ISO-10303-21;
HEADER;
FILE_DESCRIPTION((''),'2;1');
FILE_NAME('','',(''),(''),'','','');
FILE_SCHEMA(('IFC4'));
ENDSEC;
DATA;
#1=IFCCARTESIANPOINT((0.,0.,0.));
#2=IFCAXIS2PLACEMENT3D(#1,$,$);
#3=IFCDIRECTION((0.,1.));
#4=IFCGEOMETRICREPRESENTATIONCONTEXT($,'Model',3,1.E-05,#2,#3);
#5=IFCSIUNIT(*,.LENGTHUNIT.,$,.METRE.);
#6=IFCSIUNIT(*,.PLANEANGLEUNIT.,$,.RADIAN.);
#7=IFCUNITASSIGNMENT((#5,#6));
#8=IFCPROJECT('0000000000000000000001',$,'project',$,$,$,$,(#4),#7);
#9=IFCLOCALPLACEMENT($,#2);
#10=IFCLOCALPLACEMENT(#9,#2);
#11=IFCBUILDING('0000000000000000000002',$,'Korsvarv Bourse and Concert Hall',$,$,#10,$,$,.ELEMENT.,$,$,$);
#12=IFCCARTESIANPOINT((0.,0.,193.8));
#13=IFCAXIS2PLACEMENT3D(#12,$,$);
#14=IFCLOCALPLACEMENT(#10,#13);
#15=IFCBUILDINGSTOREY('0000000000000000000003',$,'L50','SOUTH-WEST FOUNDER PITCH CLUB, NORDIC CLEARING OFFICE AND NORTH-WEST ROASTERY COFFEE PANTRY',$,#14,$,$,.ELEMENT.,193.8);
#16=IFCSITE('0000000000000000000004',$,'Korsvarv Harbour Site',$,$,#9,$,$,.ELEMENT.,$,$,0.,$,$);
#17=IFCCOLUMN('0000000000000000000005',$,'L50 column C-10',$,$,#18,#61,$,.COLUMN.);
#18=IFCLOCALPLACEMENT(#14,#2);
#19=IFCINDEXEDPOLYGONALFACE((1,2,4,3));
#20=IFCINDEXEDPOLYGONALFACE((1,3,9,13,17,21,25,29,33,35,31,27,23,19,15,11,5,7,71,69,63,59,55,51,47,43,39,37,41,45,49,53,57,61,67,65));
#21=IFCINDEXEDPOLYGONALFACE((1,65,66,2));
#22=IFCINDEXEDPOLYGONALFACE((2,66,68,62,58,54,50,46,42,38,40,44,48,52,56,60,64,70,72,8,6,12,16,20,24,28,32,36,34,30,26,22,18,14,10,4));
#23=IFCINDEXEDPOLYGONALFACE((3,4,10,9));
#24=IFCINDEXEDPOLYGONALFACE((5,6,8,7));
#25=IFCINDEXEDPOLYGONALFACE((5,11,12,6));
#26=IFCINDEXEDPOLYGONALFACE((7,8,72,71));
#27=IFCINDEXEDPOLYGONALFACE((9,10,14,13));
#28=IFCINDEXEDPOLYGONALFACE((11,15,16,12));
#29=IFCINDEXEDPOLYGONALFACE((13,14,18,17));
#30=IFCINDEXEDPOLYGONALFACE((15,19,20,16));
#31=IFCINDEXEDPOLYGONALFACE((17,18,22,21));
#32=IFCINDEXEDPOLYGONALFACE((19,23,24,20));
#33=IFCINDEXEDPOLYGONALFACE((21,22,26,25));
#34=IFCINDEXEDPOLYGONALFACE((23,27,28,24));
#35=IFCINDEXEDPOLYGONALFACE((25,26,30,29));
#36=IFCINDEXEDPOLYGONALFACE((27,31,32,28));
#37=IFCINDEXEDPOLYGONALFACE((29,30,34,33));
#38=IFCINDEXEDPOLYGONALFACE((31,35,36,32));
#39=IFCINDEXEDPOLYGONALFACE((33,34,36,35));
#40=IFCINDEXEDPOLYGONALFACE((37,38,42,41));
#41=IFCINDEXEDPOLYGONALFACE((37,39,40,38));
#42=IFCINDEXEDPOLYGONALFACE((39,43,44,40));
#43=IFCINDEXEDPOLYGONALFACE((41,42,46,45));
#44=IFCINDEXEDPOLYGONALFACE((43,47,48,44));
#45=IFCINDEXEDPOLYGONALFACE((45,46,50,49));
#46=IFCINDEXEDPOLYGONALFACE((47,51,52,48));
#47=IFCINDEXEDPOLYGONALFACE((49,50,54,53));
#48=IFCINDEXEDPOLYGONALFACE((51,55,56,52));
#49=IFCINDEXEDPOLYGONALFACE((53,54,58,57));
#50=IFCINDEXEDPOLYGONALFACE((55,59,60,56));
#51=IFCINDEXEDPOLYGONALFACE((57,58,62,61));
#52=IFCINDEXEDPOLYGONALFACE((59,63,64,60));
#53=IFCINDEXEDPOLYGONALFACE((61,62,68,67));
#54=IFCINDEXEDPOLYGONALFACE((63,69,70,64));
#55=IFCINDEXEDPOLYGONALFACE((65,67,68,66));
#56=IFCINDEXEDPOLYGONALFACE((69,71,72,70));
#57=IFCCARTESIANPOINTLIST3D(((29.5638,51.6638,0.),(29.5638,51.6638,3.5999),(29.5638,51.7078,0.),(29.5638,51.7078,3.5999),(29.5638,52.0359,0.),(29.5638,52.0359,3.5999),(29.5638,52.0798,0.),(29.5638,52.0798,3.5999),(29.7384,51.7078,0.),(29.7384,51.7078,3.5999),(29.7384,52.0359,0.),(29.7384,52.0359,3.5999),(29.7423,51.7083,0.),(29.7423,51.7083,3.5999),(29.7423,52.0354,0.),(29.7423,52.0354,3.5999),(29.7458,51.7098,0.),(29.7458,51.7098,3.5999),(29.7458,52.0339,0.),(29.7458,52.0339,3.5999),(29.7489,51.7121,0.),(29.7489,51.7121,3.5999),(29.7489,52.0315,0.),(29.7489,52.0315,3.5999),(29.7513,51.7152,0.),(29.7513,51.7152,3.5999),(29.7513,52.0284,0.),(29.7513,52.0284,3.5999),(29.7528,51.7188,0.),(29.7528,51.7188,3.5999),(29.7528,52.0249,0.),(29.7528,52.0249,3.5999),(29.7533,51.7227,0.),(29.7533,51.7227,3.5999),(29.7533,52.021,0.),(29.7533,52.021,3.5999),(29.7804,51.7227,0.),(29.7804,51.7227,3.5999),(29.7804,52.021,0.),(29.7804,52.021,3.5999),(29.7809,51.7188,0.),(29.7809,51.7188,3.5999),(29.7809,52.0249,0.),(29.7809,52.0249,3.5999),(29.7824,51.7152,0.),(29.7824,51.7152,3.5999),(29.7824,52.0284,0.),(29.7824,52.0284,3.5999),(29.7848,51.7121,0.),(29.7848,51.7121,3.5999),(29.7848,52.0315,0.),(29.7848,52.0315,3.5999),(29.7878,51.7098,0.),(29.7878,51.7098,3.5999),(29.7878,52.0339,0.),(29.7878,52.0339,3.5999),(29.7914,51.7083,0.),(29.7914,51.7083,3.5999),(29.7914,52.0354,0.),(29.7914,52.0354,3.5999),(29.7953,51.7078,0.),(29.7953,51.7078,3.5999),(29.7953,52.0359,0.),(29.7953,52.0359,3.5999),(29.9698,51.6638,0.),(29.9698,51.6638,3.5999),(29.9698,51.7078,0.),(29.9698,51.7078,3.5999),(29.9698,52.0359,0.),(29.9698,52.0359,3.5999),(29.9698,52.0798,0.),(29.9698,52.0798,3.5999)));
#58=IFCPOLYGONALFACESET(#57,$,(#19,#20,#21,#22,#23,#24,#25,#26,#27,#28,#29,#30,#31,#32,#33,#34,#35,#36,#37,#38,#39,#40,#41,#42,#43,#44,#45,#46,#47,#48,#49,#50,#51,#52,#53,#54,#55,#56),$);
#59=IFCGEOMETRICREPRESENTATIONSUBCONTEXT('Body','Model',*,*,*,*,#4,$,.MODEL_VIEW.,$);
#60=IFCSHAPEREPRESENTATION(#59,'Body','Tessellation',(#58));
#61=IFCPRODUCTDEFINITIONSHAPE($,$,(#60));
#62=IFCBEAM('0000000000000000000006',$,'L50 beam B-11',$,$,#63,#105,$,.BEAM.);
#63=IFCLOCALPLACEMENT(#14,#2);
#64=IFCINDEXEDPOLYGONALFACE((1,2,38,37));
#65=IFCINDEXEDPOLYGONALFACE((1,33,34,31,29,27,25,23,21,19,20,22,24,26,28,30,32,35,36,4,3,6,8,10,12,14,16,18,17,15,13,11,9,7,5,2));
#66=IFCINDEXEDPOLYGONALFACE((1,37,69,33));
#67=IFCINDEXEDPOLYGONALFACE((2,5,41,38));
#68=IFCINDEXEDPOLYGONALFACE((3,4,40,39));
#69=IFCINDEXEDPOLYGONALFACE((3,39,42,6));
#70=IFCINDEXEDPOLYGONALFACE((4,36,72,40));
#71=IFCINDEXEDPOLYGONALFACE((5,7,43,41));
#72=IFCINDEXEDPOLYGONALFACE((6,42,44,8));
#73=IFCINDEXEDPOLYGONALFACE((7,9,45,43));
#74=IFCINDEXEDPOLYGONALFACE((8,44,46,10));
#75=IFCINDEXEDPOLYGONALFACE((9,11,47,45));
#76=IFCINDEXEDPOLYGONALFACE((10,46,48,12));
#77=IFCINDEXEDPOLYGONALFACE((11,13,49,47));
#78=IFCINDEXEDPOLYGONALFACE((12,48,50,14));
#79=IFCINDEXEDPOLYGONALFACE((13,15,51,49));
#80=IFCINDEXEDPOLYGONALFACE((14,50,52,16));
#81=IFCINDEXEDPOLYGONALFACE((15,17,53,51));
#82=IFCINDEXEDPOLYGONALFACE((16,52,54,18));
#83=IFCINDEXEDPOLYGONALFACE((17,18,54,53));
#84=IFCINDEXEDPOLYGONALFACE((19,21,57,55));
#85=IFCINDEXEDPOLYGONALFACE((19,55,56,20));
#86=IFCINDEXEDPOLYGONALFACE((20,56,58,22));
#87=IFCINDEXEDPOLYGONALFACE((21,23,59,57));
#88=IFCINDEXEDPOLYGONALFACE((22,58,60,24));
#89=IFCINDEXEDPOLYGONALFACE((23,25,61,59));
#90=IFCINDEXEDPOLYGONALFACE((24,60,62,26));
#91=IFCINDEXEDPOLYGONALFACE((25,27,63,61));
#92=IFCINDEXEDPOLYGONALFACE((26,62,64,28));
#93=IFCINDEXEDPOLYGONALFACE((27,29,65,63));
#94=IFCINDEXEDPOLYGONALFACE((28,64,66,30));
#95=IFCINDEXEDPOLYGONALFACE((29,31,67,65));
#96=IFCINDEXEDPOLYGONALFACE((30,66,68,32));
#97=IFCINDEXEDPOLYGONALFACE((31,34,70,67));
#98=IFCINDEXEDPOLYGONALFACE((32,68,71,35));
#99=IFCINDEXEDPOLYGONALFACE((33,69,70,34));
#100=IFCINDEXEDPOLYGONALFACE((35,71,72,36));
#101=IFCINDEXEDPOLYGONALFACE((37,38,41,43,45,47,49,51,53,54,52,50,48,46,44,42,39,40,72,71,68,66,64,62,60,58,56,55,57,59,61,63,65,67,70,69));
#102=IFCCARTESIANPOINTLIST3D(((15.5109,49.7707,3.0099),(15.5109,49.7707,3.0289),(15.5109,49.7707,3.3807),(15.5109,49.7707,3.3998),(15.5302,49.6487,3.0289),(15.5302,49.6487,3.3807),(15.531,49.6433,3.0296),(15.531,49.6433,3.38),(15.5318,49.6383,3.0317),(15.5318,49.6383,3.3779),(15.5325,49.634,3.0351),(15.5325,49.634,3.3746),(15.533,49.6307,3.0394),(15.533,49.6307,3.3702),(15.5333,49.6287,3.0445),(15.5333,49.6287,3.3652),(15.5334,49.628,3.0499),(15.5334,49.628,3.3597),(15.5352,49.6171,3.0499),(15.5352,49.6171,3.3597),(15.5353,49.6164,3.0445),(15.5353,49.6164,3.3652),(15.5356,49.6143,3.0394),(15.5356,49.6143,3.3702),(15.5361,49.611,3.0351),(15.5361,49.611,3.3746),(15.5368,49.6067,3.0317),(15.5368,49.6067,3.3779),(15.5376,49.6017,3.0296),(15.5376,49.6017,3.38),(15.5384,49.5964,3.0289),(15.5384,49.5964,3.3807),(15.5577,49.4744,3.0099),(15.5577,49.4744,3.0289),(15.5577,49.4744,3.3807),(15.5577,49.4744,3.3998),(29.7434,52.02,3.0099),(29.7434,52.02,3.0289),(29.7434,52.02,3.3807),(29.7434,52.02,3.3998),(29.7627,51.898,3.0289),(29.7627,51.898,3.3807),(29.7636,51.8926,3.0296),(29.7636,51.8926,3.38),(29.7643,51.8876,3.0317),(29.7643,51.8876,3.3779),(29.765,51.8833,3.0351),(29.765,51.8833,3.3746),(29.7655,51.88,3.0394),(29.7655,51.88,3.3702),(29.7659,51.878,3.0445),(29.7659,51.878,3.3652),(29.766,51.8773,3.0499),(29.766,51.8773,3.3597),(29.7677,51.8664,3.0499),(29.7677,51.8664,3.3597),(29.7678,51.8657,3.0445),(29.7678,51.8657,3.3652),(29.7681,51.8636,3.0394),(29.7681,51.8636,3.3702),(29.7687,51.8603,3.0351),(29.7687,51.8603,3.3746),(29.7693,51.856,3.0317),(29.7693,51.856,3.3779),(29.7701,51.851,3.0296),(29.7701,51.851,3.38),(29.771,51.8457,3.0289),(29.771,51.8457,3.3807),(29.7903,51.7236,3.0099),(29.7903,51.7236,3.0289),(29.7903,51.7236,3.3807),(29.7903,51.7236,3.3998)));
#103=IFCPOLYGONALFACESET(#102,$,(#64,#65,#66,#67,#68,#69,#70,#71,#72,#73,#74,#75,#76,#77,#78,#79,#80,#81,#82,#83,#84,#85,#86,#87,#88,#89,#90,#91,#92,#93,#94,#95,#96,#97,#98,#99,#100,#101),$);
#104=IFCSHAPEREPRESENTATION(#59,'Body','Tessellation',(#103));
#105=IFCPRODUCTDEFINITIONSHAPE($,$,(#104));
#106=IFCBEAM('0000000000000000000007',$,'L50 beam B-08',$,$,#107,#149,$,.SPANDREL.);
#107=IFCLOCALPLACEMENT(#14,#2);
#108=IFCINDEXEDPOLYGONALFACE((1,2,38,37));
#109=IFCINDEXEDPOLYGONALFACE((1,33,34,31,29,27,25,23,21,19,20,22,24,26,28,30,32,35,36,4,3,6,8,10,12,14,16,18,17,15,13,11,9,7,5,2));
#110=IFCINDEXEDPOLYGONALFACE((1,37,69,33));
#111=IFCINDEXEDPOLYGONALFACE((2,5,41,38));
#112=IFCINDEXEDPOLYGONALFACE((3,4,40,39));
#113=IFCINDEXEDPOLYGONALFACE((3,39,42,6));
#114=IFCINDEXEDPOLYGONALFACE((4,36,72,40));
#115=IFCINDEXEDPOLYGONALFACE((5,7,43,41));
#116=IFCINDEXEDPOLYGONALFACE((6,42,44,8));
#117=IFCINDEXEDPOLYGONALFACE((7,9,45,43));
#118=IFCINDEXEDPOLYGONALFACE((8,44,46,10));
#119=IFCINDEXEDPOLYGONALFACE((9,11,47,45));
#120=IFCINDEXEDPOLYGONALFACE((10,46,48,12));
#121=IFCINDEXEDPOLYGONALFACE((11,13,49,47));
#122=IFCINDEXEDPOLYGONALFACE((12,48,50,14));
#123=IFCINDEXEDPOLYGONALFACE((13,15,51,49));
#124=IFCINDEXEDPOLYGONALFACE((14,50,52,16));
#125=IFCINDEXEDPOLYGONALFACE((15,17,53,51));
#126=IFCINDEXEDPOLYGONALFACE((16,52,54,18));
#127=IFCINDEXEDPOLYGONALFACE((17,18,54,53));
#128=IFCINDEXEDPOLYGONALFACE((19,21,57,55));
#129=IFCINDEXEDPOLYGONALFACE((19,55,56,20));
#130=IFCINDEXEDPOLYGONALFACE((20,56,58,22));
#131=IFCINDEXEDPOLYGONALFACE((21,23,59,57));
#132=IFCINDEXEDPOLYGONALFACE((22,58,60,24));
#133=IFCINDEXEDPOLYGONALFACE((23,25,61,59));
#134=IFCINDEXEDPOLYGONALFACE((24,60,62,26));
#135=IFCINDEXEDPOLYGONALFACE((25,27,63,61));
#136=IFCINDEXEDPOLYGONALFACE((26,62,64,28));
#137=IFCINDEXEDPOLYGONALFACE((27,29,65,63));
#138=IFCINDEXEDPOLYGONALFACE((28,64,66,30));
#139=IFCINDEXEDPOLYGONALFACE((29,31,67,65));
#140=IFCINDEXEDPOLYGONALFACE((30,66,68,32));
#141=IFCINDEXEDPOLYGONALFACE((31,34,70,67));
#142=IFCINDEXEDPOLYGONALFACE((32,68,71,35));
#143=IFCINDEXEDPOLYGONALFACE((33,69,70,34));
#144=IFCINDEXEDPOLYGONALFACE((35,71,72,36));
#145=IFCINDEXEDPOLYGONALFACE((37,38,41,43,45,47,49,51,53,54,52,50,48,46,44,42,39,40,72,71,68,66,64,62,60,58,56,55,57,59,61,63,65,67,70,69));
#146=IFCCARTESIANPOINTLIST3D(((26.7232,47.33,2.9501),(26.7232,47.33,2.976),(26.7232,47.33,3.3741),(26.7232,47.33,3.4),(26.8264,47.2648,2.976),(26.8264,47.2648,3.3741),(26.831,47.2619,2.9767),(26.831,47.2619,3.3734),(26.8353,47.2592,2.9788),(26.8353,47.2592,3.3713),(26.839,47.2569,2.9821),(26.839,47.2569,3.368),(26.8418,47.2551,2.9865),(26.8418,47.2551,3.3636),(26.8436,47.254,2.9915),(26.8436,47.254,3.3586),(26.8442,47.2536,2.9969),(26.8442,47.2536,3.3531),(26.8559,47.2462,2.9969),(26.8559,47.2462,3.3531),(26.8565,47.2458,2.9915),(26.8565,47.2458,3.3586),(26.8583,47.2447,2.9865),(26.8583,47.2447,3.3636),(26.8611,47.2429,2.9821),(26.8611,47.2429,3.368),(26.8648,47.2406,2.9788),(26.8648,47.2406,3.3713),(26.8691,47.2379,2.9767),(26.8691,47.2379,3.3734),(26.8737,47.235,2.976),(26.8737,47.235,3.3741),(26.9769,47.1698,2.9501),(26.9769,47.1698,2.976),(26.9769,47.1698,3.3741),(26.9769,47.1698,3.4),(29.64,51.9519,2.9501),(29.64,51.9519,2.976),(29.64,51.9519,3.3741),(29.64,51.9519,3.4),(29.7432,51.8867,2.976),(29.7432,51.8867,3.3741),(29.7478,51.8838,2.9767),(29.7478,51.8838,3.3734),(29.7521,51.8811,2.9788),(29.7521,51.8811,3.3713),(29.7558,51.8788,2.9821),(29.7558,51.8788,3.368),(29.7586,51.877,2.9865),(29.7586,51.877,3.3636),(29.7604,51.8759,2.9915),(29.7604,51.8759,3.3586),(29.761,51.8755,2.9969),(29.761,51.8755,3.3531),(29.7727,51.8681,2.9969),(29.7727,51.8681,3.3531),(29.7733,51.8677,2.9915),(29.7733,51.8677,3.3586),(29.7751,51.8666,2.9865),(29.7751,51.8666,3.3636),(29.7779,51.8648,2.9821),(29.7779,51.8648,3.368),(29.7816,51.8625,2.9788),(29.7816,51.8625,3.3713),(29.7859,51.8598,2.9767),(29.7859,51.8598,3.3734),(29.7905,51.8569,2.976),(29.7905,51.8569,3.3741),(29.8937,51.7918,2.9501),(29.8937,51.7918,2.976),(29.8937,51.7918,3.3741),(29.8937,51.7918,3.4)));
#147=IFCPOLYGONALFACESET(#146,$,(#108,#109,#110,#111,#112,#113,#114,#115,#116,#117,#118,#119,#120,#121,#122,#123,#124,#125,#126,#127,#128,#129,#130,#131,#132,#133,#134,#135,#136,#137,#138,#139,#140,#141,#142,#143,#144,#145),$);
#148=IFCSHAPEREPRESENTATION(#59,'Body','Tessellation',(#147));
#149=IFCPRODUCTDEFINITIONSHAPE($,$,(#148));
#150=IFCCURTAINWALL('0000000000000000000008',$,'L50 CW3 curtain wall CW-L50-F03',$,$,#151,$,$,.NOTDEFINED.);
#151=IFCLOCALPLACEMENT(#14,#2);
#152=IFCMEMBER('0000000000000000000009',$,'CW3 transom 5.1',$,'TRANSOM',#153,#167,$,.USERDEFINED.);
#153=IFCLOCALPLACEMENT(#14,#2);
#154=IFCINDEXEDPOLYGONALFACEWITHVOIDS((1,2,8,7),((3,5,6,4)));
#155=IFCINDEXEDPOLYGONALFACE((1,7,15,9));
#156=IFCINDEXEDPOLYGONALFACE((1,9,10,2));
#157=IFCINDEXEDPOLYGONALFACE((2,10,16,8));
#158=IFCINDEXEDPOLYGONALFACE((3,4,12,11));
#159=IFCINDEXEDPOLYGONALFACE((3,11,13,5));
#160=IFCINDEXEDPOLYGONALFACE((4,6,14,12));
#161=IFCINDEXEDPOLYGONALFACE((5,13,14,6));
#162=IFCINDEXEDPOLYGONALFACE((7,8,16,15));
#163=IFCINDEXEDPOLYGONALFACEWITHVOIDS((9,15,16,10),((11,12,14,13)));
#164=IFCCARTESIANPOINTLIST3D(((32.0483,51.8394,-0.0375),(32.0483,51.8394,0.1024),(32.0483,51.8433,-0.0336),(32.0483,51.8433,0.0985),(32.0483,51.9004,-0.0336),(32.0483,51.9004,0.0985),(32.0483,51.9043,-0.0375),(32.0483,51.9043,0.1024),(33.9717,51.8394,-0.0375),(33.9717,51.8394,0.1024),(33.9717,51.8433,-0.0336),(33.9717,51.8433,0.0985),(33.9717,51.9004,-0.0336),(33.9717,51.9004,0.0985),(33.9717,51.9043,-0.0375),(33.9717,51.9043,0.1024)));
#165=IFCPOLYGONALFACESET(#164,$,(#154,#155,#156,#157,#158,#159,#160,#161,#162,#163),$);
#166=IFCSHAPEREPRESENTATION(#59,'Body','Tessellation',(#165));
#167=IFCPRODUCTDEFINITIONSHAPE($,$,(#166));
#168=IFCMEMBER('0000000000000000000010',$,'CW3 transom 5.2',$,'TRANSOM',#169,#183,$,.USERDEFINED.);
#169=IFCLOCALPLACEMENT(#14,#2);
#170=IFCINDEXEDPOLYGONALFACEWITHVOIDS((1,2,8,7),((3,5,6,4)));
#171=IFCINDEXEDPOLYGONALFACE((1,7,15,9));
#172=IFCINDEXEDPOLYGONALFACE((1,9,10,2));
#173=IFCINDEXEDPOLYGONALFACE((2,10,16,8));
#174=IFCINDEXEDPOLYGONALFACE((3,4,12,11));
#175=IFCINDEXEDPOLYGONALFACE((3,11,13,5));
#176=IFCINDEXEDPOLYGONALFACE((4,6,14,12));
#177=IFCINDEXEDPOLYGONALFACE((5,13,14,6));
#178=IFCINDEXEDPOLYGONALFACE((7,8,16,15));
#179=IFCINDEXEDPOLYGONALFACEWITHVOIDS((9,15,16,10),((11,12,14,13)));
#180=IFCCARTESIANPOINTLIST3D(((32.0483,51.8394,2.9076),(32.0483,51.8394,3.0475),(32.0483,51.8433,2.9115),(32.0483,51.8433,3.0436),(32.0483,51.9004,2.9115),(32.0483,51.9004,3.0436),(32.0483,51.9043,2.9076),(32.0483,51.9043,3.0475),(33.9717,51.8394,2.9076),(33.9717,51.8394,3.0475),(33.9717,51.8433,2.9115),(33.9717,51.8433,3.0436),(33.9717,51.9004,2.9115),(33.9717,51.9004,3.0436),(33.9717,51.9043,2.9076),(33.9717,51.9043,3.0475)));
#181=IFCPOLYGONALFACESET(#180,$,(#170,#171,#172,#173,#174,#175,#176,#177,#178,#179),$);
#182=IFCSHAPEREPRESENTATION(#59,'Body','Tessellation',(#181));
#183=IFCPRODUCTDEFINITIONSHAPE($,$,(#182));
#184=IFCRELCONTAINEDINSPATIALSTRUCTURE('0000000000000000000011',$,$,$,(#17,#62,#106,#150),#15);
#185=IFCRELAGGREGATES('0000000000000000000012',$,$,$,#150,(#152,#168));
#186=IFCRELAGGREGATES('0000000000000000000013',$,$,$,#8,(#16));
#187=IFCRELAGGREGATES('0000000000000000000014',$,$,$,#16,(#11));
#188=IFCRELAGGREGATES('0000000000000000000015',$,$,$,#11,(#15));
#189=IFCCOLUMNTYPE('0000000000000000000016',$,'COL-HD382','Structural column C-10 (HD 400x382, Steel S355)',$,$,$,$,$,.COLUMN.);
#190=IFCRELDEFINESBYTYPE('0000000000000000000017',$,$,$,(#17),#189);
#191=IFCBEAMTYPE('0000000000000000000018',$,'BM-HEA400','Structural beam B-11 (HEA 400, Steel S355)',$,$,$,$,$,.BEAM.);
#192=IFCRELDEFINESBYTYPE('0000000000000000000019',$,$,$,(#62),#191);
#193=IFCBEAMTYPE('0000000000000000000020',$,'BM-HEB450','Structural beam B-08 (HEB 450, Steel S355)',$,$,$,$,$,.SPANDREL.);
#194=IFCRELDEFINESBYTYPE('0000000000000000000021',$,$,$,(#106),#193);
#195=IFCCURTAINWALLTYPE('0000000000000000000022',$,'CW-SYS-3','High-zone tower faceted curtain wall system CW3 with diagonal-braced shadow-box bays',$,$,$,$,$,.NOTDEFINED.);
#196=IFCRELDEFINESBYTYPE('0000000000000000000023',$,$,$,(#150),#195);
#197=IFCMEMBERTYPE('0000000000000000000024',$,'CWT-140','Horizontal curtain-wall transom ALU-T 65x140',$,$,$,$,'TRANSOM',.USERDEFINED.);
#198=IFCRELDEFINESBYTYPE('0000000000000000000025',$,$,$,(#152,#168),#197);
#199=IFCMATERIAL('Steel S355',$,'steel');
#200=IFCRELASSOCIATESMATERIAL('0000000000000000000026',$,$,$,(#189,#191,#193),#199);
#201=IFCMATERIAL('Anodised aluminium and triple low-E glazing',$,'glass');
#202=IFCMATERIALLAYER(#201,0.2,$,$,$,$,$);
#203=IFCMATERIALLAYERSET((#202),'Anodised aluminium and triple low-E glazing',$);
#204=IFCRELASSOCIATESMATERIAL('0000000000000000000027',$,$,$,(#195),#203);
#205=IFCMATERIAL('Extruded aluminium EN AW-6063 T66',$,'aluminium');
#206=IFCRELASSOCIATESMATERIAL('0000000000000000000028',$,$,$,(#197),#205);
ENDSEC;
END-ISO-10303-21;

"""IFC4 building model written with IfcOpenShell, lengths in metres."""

from ifc_helpers import new_model, si_unit, direction, frame, origin, origin_2d, place, context, subcontext, project, spatial, hollow_rectangle, i_section, extrude, source, transform, mapped, material, layer, layer_set, material_profile, profile_set, type_object, element, aggregate, save


model = new_model("IFC4")

# Units and contexts
model_context = context("Model", 3, precision=1e-05, world=origin(), true_north=direction((0.0, 1.0)))
body_context = subcontext(model_context, "Body", "Model", "MODEL_VIEW")
ifc_project = project(units=[si_unit("LENGTHUNIT", "METRE"), si_unit("PLANEANGLEUNIT", "RADIAN")], contexts=[model_context])

# Site, building, storey
site_placement = place(None, origin())
site = spatial("IfcSite", under=ifc_project, at=site_placement, Name="Korsvarv Harbour Site", CompositionType="ELEMENT", RefElevation=0.0)
building_placement = place(site_placement, origin())
building = spatial("IfcBuilding", under=site, at=building_placement, Name="Korsvarv Bourse and Concert Hall", CompositionType="ELEMENT")
storey_placement = place(building_placement, frame((0.0, 0.0, 193.8)))
storey = spatial("IfcBuildingStorey", under=building, at=storey_placement, Name="L50", Description="SOUTH-WEST FOUNDER PITCH CLUB, NORDIC CLEARING OFFICE AND NORTH-WEST ROASTERY COFFEE PANTRY", CompositionType="ELEMENT", Elevation=193.8)

# Column
ifc_material_1 = material(Name="Steel S355", Category="steel")
ifc_material_profile_1 = material_profile(ifc_material_1, i_section(OverallWidth=0.406, OverallDepth=0.416, WebThickness=0.0271, FlangeThickness=0.0439, FilletRadius=0.0149, at=origin_2d()), Name="HD 400x382")
ifc_profile_set_1 = profile_set([ifc_material_profile_1], Name="Steel S355")
column_type = type_object("IfcColumnType", Name="COL-HD382", Description="Structural column C-10 (HD 400x382, Steel S355)", PredefinedType="COLUMN", material=ifc_profile_set_1)
shared_shape_1 = source(origin(), body_context, "Body", "SweptSolid", [
    extrude(i_section(OverallWidth=0.406, OverallDepth=0.416, WebThickness=0.0271, FlangeThickness=0.0439, FilletRadius=0.0149, at=origin_2d()), origin(), (0.0, 0.0, 1.0), 3.5999),
])
column_placement = place(storey_placement, frame((29.7668, 51.8718, 0.0), z_axis=(0.0, 0.0, 1.0), x_axis=(1.0, 0.0, 0.0)))
element("IfcColumn", 1, at=column_placement, inside=storey, type_object=column_type, Name="L50 column C-10", PredefinedType="COLUMN", context=body_context, shape_type="MappedRepresentation", body=[
    mapped(shared_shape_1, transform((0.0, 0.0, 0.0), scale=1.0)),
])

# Beams
ifc_material_profile_2 = material_profile(ifc_material_1, i_section(OverallWidth=0.3, OverallDepth=0.3899, WebThickness=0.011, FlangeThickness=0.019, FilletRadius=0.021, at=origin_2d()), Name="HEA 400")
ifc_profile_set_2 = profile_set([ifc_material_profile_2], Name="Steel S355")
beam_type_1 = type_object("IfcBeamType", Name="BM-HEA400", Description="Structural beam B-11 (HEA 400, Steel S355)", PredefinedType="BEAM", material=ifc_profile_set_2)
shared_shape_2 = source(origin(), body_context, "Body", "SweptSolid", [
    extrude(i_section(OverallWidth=0.3, OverallDepth=0.3899, WebThickness=0.011, FlangeThickness=0.019, FilletRadius=0.021, at=origin_2d()), origin(), (0.0, 0.0, 1.0), 14.4092),
])
beam_1_placement = place(storey_placement, frame((29.7668, 51.8718, 3.2048), z_axis=(-0.987741, -0.156101, 0.0), x_axis=(0.156101, -0.987741, 0.0)))
element("IfcBeam", 2, at=beam_1_placement, inside=storey, type_object=beam_type_1, Name="L50 beam B-11", PredefinedType="BEAM", context=body_context, shape_type="MappedRepresentation", body=[
    mapped(shared_shape_2, transform((0.0, 0.0, 0.0), scale=1.0)),
])
ifc_material_profile_3 = material_profile(ifc_material_1, i_section(OverallWidth=0.3, OverallDepth=0.45, WebThickness=0.0139, FlangeThickness=0.0259, FilletRadius=0.021, at=origin_2d()), Name="HEB 450")
ifc_profile_set_3 = profile_set([ifc_material_profile_3], Name="Steel S355")
beam_type_2 = type_object("IfcBeamType", Name="BM-HEB450", Description="Structural beam B-08 (HEB 450, Steel S355)", PredefinedType="SPANDREL", material=ifc_profile_set_3)
shared_shape_3 = source(origin(), body_context, "Body", "SweptSolid", [
    extrude(i_section(OverallWidth=0.3, OverallDepth=0.45, WebThickness=0.0139, FlangeThickness=0.0259, FilletRadius=0.021, at=origin_2d()), origin(), (0.0, 0.0, 1.0), 5.4653),
])
beam_2_placement = place(storey_placement, frame((29.7668, 51.8718, 3.175), z_axis=(-0.533692, -0.845679, 0.0), x_axis=(0.845679, -0.533692, 0.0)))
element("IfcBeam", 3, at=beam_2_placement, inside=storey, type_object=beam_type_2, Name="L50 beam B-08", PredefinedType="SPANDREL", context=body_context, shape_type="MappedRepresentation", body=[
    mapped(shared_shape_3, transform((0.0, 0.0, 0.0), scale=1.0)),
])

# Curtain wall, members
ifc_material_2 = material(Name="Anodised aluminium and triple low-E glazing", Category="glass")
ifc_layer_1 = layer(ifc_material_2, 0.2)
ifc_layer_set_1 = layer_set([ifc_layer_1], Name="Anodised aluminium and triple low-E glazing")
curtain_wall_type = type_object("IfcCurtainWallType", Name="CW-SYS-3", Description="High-zone tower faceted curtain wall system CW3 with diagonal-braced shadow-box bays", PredefinedType="NOTDEFINED", material=ifc_layer_set_1)
curtain_wall_placement = place(storey_placement, origin())
curtain_wall = element("IfcCurtainWall", 4, at=curtain_wall_placement, inside=storey, type_object=curtain_wall_type, Name="L50 CW3 curtain wall CW-L50-F03", PredefinedType="NOTDEFINED")
ifc_material_3 = material(Name="Extruded aluminium EN AW-6063 T66", Category="aluminium")
ifc_material_profile_4 = material_profile(ifc_material_3, hollow_rectangle(XDim=0.0649, YDim=0.1399, WallThickness=0.0039, at=origin_2d()), Name="ALU-T 65x140")
ifc_profile_set_4 = profile_set([ifc_material_profile_4], Name="Extruded aluminium EN AW-6063 T66")
member_type_1 = type_object("IfcMemberType", Name="CWT-140", Description="Horizontal curtain-wall transom ALU-T 65x140", ElementType="TRANSOM", PredefinedType="USERDEFINED", material=ifc_profile_set_4)
shared_shape_4 = source(origin(), body_context, "Body", "SweptSolid", [
    extrude(hollow_rectangle(XDim=0.0649, YDim=0.1399, WallThickness=0.0039, at=origin_2d()), origin(), (0.0, 0.0, 1.0), 1.9233),
])
member_1_placement = place(storey_placement, frame((33.9717, 51.8718, 0.0325), z_axis=(-1.0, 0.0, 0.0), x_axis=(0.0, -1.0, 0.0)))
member_1 = element("IfcMember", 5, at=member_1_placement, type_object=member_type_1, Name="CW3 transom 5.1", ObjectType="TRANSOM", PredefinedType="USERDEFINED", context=body_context, shape_type="MappedRepresentation", body=[
    mapped(shared_shape_4, transform((0.0, 0.0, 0.0), scale=1.0)),
])
member_2_placement = place(storey_placement, frame((33.9717, 51.8718, 2.9775), z_axis=(-1.0, 0.0, 0.0), x_axis=(0.0, -1.0, 0.0)))
member_2 = element("IfcMember", 6, at=member_2_placement, type_object=member_type_1, Name="CW3 transom 5.2", ObjectType="TRANSOM", PredefinedType="USERDEFINED", context=body_context, shape_type="MappedRepresentation", body=[
    mapped(shared_shape_4, transform((0.0, 0.0, 0.0), scale=1.0)),
])
aggregate(curtain_wall, [member_1, member_2])

save(model, "model.ifc")
